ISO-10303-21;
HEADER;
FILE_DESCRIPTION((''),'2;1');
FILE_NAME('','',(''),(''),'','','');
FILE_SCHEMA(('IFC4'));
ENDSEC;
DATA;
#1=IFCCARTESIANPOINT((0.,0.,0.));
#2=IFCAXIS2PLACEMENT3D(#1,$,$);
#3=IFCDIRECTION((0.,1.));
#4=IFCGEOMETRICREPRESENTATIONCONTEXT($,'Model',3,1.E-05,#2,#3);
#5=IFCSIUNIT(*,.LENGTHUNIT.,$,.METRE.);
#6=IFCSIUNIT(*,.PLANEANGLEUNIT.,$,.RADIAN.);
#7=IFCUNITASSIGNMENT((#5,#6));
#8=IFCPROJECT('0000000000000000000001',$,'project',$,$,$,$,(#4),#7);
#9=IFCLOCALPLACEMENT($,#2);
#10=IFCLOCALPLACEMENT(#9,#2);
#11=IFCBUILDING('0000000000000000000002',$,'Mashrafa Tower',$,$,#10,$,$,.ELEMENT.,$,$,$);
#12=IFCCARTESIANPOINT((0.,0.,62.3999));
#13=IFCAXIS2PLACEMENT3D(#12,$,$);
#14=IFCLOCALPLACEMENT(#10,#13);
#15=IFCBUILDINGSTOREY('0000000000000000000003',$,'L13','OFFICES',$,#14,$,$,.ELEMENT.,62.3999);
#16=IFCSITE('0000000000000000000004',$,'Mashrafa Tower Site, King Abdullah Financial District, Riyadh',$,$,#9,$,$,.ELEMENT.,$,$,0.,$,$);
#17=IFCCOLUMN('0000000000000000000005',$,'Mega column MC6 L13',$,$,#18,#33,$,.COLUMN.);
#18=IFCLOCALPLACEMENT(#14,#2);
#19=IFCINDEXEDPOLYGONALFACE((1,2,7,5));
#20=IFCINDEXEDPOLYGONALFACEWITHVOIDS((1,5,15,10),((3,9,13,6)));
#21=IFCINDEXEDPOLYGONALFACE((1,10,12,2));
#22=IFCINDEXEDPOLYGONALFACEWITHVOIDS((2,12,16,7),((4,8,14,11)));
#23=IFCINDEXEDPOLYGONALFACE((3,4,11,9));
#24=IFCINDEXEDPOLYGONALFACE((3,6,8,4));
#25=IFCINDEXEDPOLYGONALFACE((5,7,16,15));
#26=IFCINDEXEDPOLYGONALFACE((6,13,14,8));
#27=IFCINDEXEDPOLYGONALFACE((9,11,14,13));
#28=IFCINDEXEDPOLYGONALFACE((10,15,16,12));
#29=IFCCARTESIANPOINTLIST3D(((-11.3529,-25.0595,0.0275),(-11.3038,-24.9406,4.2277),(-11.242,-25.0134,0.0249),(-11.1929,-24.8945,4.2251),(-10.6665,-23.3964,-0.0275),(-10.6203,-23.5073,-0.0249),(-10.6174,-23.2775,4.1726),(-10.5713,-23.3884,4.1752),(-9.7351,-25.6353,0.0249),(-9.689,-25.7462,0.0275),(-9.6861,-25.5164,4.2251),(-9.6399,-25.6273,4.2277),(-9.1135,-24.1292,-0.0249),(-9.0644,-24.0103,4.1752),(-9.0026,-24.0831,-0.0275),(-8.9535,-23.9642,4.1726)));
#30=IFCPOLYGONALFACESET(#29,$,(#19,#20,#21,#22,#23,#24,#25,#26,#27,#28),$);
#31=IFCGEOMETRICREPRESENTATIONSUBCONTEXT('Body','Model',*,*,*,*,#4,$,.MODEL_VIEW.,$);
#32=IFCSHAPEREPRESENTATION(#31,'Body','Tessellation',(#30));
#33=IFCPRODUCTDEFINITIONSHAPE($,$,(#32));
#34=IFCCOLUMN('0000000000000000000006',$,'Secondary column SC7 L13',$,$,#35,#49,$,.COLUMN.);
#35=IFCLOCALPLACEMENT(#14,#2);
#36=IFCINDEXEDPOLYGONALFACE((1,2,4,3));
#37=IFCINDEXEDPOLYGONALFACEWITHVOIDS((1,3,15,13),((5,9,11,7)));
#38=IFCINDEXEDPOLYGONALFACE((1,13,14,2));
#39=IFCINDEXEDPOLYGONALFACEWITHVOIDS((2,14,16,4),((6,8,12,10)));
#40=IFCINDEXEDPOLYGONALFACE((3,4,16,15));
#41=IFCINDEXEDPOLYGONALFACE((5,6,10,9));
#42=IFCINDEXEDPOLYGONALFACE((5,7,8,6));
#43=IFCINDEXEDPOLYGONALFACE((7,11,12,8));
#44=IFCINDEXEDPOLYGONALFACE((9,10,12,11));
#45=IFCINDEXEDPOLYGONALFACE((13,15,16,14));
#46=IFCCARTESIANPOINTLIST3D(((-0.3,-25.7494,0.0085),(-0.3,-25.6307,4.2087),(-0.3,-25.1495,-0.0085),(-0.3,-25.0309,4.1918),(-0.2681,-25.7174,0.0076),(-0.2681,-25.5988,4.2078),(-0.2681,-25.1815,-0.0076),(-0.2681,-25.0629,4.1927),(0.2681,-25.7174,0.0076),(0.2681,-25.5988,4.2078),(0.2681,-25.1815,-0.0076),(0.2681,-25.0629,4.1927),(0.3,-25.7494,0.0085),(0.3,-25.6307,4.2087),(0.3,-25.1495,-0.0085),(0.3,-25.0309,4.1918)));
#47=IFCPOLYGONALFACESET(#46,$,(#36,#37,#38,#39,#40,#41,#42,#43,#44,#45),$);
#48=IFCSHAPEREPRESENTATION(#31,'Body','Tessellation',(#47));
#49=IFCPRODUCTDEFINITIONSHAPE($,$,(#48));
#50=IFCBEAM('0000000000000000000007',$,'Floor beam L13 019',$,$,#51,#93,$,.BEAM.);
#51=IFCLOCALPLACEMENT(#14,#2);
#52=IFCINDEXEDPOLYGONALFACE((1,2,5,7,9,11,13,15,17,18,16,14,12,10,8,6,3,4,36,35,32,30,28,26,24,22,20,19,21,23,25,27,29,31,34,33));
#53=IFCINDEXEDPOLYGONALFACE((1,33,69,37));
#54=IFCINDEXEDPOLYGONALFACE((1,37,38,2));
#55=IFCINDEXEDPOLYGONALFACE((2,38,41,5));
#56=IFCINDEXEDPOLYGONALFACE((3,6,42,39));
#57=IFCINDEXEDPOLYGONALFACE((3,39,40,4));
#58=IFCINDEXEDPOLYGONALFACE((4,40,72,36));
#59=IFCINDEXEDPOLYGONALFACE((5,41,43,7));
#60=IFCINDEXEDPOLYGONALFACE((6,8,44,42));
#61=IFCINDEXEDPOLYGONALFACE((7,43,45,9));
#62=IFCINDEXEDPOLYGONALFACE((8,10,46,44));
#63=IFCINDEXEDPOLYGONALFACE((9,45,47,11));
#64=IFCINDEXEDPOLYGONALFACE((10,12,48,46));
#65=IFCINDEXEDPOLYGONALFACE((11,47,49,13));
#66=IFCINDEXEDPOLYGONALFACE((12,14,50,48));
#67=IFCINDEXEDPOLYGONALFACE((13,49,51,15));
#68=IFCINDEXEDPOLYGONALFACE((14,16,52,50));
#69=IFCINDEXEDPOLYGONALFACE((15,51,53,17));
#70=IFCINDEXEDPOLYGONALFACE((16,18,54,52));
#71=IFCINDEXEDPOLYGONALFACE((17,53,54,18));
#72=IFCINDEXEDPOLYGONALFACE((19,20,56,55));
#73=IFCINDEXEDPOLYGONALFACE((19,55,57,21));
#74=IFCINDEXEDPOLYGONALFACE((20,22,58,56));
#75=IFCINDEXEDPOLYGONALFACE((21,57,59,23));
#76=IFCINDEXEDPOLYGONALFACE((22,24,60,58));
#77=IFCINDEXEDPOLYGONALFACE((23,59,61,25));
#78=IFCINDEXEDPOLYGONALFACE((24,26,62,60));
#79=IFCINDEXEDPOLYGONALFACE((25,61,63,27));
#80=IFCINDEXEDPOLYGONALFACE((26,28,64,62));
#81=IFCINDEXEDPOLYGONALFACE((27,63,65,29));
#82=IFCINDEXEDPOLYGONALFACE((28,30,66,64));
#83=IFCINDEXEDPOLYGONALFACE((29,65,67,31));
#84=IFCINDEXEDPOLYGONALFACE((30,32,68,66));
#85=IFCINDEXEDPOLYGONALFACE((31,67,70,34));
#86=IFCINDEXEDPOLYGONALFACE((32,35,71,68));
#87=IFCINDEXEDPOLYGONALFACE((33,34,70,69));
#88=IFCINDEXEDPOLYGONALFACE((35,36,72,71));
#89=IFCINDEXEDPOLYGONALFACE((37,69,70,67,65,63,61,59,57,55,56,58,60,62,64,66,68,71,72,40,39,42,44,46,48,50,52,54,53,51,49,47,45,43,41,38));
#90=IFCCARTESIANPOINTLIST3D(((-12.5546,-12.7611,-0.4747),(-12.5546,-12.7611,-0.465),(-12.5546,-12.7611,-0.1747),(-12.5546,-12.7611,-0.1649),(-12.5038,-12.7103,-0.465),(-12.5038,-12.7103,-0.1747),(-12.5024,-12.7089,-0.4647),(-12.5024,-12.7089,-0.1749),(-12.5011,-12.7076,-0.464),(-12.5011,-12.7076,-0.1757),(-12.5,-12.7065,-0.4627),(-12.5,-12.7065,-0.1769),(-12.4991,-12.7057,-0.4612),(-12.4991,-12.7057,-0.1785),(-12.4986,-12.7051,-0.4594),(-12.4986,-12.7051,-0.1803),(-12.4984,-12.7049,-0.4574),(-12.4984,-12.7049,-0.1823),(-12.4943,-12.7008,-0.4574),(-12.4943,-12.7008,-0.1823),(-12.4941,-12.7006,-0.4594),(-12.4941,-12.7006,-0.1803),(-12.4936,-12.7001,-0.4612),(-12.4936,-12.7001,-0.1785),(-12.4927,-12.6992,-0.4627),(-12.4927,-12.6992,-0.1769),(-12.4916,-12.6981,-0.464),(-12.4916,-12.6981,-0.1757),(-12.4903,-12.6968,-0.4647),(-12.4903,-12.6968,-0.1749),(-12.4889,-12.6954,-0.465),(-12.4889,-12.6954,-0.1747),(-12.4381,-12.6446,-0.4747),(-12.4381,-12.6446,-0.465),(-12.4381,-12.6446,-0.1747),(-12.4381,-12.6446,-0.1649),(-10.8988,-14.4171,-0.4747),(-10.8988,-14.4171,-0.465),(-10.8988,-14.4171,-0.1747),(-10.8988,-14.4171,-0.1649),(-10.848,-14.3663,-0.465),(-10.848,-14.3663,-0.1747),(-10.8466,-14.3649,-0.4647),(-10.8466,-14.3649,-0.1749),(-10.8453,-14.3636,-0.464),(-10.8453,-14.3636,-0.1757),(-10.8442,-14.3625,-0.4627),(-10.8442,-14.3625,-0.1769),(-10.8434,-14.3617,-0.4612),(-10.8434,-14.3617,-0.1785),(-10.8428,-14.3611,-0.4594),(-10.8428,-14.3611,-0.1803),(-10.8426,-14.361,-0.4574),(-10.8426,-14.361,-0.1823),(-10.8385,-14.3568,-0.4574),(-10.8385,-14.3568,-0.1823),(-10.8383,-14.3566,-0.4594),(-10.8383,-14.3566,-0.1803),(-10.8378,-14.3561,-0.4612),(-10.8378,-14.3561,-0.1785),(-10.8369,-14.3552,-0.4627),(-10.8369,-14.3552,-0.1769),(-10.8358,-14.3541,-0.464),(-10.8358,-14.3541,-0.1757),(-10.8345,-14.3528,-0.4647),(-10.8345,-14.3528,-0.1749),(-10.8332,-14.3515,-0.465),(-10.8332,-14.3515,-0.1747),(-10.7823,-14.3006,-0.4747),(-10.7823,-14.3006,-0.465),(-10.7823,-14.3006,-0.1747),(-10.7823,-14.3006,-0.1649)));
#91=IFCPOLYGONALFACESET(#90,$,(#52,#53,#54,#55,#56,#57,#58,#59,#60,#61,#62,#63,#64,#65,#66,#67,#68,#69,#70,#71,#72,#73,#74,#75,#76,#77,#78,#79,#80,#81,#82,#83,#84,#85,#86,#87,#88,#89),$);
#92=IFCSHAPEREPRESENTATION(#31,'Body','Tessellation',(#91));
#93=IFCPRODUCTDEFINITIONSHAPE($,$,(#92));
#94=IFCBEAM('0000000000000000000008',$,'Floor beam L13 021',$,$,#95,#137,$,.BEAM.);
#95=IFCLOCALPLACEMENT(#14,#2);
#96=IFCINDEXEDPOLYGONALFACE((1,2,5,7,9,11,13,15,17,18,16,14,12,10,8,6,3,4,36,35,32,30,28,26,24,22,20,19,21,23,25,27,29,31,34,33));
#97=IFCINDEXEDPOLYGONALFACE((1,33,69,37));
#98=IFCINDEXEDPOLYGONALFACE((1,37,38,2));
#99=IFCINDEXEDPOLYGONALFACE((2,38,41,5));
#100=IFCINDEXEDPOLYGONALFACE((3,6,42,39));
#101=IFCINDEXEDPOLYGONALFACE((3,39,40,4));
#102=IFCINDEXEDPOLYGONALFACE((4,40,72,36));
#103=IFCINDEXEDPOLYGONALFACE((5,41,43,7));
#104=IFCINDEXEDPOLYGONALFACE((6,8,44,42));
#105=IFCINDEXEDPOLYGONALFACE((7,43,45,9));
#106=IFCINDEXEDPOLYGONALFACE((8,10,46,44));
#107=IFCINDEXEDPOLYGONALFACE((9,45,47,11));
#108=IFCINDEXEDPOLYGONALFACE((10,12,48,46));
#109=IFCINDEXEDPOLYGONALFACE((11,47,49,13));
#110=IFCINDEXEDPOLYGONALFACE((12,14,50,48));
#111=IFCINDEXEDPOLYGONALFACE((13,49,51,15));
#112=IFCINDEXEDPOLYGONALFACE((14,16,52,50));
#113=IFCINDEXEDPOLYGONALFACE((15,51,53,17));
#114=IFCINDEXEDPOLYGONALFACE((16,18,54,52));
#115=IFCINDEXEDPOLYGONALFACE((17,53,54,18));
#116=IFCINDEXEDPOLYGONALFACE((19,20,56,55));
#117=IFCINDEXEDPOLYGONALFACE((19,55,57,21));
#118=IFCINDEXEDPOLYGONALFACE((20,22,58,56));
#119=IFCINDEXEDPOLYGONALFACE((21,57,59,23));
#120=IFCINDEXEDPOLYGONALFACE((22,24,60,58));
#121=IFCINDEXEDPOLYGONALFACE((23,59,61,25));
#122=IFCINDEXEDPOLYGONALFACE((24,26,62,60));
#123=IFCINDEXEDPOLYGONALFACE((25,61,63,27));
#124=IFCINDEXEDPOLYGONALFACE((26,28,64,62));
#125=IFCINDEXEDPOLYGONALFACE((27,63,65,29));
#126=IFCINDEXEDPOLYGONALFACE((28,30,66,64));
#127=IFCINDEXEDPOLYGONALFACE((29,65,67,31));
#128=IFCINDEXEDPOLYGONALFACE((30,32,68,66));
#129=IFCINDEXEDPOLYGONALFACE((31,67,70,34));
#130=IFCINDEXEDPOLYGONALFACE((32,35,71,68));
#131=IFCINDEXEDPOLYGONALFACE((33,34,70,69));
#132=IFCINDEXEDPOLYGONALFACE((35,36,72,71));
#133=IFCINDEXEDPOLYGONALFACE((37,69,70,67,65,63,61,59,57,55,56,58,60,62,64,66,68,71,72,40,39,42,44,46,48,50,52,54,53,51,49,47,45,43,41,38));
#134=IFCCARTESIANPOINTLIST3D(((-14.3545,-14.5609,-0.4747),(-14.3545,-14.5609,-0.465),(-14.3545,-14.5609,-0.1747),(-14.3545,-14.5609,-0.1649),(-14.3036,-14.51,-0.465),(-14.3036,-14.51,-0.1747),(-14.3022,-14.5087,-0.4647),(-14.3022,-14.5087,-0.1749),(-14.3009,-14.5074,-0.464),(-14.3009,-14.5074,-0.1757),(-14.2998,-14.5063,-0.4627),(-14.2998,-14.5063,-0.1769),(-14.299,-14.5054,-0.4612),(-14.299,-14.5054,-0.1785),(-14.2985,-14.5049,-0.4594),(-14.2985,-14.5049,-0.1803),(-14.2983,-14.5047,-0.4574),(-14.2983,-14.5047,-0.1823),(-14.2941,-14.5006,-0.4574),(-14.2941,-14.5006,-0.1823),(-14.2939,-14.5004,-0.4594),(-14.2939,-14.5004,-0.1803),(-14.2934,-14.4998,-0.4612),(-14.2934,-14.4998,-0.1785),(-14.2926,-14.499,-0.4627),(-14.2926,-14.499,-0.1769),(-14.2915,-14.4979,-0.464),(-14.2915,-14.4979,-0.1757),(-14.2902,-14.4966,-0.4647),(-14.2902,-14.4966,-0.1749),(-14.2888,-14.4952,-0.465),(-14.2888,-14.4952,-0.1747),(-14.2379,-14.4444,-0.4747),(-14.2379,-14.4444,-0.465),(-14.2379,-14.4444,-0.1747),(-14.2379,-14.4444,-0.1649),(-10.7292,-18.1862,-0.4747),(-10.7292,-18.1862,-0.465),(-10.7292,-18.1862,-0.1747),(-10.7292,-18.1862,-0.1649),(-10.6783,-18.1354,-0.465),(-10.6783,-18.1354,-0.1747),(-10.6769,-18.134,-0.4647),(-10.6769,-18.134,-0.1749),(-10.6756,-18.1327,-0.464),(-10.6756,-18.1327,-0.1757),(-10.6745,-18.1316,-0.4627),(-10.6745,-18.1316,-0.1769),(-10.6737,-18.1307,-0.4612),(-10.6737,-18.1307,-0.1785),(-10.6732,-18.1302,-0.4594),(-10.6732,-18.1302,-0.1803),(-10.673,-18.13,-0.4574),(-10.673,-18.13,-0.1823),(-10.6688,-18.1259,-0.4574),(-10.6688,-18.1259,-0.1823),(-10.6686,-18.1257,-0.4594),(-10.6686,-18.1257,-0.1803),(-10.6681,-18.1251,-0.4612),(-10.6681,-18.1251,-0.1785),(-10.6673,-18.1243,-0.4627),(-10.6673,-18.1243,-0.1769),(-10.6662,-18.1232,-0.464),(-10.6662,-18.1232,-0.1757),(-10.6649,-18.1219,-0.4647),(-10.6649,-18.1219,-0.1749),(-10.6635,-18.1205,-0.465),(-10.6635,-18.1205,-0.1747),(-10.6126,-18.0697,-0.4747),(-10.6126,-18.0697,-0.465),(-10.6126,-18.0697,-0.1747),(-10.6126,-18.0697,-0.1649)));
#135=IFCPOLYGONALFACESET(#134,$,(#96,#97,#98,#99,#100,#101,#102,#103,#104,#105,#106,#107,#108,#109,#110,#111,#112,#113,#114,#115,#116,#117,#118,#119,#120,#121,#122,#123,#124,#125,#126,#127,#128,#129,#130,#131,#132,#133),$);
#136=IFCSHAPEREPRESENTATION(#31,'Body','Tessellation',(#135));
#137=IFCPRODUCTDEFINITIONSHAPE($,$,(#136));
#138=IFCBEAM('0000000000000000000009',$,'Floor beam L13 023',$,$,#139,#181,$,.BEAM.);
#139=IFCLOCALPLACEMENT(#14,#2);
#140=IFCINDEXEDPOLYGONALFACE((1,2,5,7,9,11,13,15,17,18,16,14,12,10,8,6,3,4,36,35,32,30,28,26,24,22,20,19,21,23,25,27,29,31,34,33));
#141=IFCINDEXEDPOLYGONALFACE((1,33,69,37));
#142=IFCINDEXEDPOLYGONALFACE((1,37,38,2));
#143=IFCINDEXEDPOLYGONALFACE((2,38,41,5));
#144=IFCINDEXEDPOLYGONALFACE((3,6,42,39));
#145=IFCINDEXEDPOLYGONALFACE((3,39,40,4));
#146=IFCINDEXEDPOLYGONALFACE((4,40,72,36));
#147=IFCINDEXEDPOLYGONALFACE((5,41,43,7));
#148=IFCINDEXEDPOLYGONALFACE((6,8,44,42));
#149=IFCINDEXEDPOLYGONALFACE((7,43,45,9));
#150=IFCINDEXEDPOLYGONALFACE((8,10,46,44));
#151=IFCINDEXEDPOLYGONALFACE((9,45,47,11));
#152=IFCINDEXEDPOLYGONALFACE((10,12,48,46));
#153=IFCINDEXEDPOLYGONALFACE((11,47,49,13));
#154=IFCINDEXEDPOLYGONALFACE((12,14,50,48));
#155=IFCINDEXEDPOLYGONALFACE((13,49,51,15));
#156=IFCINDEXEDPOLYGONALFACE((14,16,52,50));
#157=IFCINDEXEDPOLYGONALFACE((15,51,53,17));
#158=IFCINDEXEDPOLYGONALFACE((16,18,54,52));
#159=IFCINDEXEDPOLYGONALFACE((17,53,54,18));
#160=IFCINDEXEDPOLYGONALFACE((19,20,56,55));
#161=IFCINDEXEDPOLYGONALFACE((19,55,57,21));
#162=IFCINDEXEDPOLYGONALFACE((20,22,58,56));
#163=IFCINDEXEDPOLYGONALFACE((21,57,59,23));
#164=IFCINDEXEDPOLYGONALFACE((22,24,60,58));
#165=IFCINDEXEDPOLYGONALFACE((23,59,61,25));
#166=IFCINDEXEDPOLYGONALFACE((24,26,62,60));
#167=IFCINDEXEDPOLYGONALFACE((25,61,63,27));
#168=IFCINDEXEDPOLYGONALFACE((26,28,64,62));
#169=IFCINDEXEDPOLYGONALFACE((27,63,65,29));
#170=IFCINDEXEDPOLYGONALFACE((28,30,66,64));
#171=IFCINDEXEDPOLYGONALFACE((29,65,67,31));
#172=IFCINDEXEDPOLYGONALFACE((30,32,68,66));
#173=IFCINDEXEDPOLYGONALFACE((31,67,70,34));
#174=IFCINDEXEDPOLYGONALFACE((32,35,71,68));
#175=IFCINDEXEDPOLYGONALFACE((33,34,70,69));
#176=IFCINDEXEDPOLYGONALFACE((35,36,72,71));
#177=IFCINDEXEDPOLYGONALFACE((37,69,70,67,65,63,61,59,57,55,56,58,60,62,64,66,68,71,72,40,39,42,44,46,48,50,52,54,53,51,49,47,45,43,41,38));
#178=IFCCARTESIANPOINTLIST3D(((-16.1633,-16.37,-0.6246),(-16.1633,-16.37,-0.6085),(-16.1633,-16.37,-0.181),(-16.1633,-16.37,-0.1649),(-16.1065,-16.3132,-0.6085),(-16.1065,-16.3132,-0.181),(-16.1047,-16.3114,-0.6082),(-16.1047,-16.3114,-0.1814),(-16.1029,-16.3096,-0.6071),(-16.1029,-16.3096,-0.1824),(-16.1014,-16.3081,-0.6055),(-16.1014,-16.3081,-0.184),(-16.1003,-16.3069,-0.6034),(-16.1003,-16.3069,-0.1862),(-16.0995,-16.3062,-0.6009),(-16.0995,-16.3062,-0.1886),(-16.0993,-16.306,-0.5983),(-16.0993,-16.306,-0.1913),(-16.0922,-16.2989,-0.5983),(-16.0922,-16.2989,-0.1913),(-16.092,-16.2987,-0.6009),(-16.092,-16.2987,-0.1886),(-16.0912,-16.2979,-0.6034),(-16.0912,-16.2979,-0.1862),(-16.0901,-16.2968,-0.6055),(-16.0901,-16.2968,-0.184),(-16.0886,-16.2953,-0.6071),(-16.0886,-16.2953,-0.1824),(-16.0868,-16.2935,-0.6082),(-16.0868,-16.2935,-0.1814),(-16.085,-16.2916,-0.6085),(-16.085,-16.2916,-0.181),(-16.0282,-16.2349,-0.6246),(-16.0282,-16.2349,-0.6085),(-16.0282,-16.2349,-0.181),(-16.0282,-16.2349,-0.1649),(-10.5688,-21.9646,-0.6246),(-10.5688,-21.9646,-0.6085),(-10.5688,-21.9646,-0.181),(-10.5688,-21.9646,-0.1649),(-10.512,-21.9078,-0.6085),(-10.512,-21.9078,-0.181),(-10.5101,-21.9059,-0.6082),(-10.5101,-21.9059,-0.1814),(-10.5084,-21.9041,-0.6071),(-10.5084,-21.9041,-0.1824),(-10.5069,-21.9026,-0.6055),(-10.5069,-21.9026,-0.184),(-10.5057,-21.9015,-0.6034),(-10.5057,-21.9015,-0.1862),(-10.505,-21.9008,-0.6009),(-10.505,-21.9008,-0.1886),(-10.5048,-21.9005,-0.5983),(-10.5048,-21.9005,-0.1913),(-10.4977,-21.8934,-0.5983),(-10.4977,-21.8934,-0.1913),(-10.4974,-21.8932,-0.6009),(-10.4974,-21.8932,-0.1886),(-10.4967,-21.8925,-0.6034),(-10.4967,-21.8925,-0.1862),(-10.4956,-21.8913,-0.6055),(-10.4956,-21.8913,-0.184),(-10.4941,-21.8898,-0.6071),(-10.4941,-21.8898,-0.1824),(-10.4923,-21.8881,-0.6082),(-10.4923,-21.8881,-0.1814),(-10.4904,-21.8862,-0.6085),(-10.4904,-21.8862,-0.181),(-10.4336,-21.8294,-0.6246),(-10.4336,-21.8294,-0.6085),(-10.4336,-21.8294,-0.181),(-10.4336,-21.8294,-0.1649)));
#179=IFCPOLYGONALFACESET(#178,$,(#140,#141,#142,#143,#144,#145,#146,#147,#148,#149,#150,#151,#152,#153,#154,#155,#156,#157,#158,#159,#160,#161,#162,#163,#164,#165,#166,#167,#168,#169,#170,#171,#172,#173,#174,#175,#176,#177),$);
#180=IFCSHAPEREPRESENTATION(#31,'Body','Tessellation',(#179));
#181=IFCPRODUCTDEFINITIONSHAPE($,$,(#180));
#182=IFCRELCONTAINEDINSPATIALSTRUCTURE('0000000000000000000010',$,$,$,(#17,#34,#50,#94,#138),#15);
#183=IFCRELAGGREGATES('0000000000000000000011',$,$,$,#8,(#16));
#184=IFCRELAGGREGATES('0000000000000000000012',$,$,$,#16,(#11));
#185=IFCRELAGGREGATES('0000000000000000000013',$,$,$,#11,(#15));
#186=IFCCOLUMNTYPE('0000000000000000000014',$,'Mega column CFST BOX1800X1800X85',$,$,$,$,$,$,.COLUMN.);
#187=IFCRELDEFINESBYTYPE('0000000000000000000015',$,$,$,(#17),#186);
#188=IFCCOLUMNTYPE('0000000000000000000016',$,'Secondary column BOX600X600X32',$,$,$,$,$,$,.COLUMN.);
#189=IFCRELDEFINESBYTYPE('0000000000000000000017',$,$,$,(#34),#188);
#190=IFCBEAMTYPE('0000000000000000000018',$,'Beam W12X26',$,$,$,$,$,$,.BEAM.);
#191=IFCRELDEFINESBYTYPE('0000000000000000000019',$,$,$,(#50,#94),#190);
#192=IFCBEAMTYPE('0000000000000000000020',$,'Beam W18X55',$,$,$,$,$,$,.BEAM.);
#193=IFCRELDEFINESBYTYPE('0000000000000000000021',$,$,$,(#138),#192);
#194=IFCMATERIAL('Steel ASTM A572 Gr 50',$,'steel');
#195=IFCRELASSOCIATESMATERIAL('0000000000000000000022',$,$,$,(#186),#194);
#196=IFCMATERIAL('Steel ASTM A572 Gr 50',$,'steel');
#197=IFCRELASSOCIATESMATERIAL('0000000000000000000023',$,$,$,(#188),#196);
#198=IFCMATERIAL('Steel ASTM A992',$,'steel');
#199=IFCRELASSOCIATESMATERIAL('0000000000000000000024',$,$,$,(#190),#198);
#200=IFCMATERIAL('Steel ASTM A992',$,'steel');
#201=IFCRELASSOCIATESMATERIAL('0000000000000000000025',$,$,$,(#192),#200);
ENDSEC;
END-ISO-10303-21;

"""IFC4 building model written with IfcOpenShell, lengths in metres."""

from ifc_helpers import new_model, si_unit, direction, frame, origin, origin_2d, place, context, subcontext, project, spatial, hollow_rectangle, i_section, extrude, material, material_profile, profile_set, type_object, element, save


model = new_model("IFC4")

# Units and contexts
model_context = context("Model", 3, precision=1e-05, world=origin(), true_north=direction((0.0, 1.0)))
body_context = subcontext(model_context, "Body", "Model", "MODEL_VIEW")
ifc_project = project(units=[si_unit("LENGTHUNIT", "METRE"), si_unit("PLANEANGLEUNIT", "RADIAN")], contexts=[model_context])

# Site, building, storey
site_placement = place(None, origin())
site = spatial("IfcSite", under=ifc_project, at=site_placement, Name="Mashrafa Tower Site, King Abdullah Financial District, Riyadh", CompositionType="ELEMENT", RefElevation=0.0)
building_placement = place(site_placement, origin())
building = spatial("IfcBuilding", under=site, at=building_placement, Name="Mashrafa Tower", CompositionType="ELEMENT")
storey_placement = place(building_placement, frame((0.0, 0.0, 62.3999)))
storey = spatial("IfcBuildingStorey", under=building, at=storey_placement, Name="L13", Description="OFFICES", CompositionType="ELEMENT", Elevation=62.3999)

# Columns
ifc_material_1 = material(Name="Steel ASTM A572 Gr 50", Category="steel")
ifc_material_profile_1 = material_profile(ifc_material_1, hollow_rectangle(XDim=1.8, YDim=1.8, WallThickness=0.085, at=origin_2d()), Name="BOX1800X1800X85")
ifc_profile_set_1 = profile_set([ifc_material_profile_1], Name="Steel ASTM A572 Gr 50")
column_type_1 = type_object("IfcColumnType", Name="Mega column CFST BOX1800X1800X85", PredefinedType="COLUMN", material=ifc_profile_set_1)
column_1_placement = place(storey_placement, frame((-10.1777, -24.5713, 0.0), z_axis=(0.011678, 0.028294, 0.999531), x_axis=(-0.924363, 0.381513, 0.0)))
element("IfcColumn", 1, at=column_1_placement, inside=storey, type_object=column_type_1, Name="Mega column MC6 L13", PredefinedType="COLUMN", context=body_context, shape_type="SweptSolid", body=[
    extrude(hollow_rectangle(XDim=1.8, YDim=1.8, WallThickness=0.085, at=origin_2d()), origin(), (0.0, 0.0, 1.0), 4.2021),
])
ifc_material_2 = material(Name="Steel ASTM A572 Gr 50", Category="steel")
ifc_material_profile_2 = material_profile(ifc_material_2, hollow_rectangle(XDim=0.6001, YDim=0.6001, WallThickness=0.032, at=origin_2d()), Name="BOX600X600X32")
ifc_profile_set_2 = profile_set([ifc_material_profile_2], Name="Steel ASTM A572 Gr 50")
column_type_2 = type_object("IfcColumnType", Name="Secondary column BOX600X600X32", PredefinedType="COLUMN", material=ifc_profile_set_2)
column_2_placement = place(storey_placement, frame((0.0, -25.4495, 0.0), z_axis=(0.0, 0.028238, 0.999601), x_axis=(-1.0, 0.0, 0.0)))
element("IfcColumn", 2, at=column_2_placement, inside=storey, type_object=column_type_2, Name="Secondary column SC7 L13", PredefinedType="COLUMN", context=body_context, shape_type="SweptSolid", body=[
    extrude(hollow_rectangle(XDim=0.6001, YDim=0.6001, WallThickness=0.032, at=origin_2d()), origin(), (0.0, 0.0, 1.0), 4.2019),
])

# Beams
ifc_material_3 = material(Name="Steel ASTM A992", Category="steel")
ifc_material_profile_3 = material_profile(ifc_material_3, i_section(OverallWidth=0.1648, OverallDepth=0.3098, WebThickness=0.0059, FlangeThickness=0.0098, FilletRadius=0.0076, at=origin_2d()), Name="W12X26")
ifc_profile_set_3 = profile_set([ifc_material_profile_3], Name="Steel ASTM A992")
beam_type_1 = type_object("IfcBeamType", Name="Beam W12X26", PredefinedType="BEAM", material=ifc_profile_set_3)
beam_1_placement = place(storey_placement, frame((-10.8406, -14.3589, -0.3198), z_axis=(-0.707055, 0.707159, 0.0), x_axis=(-0.707159, -0.707055, 0.0)))
element("IfcBeam", 3, at=beam_1_placement, inside=storey, type_object=beam_type_1, Name="Floor beam L13 019", PredefinedType="BEAM", context=body_context, shape_type="SweptSolid", body=[
    extrude(i_section(OverallWidth=0.1648, OverallDepth=0.3098, WebThickness=0.0059, FlangeThickness=0.0098, FilletRadius=0.0076, at=origin_2d()), origin(), (0.0, 0.0, 1.0), 2.3418),
])
beam_2_placement = place(storey_placement, frame((-10.6709, -18.1279, -0.3198), z_axis=(-0.707107, 0.707107, 0.0), x_axis=(-0.707107, -0.707107, 0.0)))
element("IfcBeam", 4, at=beam_2_placement, inside=storey, type_object=beam_type_1, Name="Floor beam L13 021", PredefinedType="BEAM", context=body_context, shape_type="SweptSolid", body=[
    extrude(i_section(OverallWidth=0.1648, OverallDepth=0.3098, WebThickness=0.0059, FlangeThickness=0.0098, FilletRadius=0.0076, at=origin_2d()), origin(), (0.0, 0.0, 1.0), 5.127),
])
ifc_material_4 = material(Name="Steel ASTM A992", Category="steel")
ifc_material_profile_4 = material_profile(ifc_material_4, i_section(OverallWidth=0.1912, OverallDepth=0.4597, WebThickness=0.01, FlangeThickness=0.0161, FilletRadius=0.0103, at=origin_2d()), Name="W18X55")
ifc_profile_set_4 = profile_set([ifc_material_profile_4], Name="Steel ASTM A992")
beam_type_2 = type_object("IfcBeamType", Name="Beam W18X55", PredefinedType="BEAM", material=ifc_profile_set_4)
beam_3_placement = place(storey_placement, frame((-10.5012, -21.897, -0.3948), z_axis=(-0.707107, 0.707107, 0.0), x_axis=(-0.707107, -0.707107, 0.0)))
element("IfcBeam", 5, at=beam_3_placement, inside=storey, type_object=beam_type_2, Name="Floor beam L13 023", PredefinedType="BEAM", context=body_context, shape_type="SweptSolid", body=[
    extrude(i_section(OverallWidth=0.1912, OverallDepth=0.4597, WebThickness=0.01, FlangeThickness=0.0161, FilletRadius=0.0103, at=origin_2d()), origin(), (0.0, 0.0, 1.0), 7.9119),
])

save(model, "model.ifc")
